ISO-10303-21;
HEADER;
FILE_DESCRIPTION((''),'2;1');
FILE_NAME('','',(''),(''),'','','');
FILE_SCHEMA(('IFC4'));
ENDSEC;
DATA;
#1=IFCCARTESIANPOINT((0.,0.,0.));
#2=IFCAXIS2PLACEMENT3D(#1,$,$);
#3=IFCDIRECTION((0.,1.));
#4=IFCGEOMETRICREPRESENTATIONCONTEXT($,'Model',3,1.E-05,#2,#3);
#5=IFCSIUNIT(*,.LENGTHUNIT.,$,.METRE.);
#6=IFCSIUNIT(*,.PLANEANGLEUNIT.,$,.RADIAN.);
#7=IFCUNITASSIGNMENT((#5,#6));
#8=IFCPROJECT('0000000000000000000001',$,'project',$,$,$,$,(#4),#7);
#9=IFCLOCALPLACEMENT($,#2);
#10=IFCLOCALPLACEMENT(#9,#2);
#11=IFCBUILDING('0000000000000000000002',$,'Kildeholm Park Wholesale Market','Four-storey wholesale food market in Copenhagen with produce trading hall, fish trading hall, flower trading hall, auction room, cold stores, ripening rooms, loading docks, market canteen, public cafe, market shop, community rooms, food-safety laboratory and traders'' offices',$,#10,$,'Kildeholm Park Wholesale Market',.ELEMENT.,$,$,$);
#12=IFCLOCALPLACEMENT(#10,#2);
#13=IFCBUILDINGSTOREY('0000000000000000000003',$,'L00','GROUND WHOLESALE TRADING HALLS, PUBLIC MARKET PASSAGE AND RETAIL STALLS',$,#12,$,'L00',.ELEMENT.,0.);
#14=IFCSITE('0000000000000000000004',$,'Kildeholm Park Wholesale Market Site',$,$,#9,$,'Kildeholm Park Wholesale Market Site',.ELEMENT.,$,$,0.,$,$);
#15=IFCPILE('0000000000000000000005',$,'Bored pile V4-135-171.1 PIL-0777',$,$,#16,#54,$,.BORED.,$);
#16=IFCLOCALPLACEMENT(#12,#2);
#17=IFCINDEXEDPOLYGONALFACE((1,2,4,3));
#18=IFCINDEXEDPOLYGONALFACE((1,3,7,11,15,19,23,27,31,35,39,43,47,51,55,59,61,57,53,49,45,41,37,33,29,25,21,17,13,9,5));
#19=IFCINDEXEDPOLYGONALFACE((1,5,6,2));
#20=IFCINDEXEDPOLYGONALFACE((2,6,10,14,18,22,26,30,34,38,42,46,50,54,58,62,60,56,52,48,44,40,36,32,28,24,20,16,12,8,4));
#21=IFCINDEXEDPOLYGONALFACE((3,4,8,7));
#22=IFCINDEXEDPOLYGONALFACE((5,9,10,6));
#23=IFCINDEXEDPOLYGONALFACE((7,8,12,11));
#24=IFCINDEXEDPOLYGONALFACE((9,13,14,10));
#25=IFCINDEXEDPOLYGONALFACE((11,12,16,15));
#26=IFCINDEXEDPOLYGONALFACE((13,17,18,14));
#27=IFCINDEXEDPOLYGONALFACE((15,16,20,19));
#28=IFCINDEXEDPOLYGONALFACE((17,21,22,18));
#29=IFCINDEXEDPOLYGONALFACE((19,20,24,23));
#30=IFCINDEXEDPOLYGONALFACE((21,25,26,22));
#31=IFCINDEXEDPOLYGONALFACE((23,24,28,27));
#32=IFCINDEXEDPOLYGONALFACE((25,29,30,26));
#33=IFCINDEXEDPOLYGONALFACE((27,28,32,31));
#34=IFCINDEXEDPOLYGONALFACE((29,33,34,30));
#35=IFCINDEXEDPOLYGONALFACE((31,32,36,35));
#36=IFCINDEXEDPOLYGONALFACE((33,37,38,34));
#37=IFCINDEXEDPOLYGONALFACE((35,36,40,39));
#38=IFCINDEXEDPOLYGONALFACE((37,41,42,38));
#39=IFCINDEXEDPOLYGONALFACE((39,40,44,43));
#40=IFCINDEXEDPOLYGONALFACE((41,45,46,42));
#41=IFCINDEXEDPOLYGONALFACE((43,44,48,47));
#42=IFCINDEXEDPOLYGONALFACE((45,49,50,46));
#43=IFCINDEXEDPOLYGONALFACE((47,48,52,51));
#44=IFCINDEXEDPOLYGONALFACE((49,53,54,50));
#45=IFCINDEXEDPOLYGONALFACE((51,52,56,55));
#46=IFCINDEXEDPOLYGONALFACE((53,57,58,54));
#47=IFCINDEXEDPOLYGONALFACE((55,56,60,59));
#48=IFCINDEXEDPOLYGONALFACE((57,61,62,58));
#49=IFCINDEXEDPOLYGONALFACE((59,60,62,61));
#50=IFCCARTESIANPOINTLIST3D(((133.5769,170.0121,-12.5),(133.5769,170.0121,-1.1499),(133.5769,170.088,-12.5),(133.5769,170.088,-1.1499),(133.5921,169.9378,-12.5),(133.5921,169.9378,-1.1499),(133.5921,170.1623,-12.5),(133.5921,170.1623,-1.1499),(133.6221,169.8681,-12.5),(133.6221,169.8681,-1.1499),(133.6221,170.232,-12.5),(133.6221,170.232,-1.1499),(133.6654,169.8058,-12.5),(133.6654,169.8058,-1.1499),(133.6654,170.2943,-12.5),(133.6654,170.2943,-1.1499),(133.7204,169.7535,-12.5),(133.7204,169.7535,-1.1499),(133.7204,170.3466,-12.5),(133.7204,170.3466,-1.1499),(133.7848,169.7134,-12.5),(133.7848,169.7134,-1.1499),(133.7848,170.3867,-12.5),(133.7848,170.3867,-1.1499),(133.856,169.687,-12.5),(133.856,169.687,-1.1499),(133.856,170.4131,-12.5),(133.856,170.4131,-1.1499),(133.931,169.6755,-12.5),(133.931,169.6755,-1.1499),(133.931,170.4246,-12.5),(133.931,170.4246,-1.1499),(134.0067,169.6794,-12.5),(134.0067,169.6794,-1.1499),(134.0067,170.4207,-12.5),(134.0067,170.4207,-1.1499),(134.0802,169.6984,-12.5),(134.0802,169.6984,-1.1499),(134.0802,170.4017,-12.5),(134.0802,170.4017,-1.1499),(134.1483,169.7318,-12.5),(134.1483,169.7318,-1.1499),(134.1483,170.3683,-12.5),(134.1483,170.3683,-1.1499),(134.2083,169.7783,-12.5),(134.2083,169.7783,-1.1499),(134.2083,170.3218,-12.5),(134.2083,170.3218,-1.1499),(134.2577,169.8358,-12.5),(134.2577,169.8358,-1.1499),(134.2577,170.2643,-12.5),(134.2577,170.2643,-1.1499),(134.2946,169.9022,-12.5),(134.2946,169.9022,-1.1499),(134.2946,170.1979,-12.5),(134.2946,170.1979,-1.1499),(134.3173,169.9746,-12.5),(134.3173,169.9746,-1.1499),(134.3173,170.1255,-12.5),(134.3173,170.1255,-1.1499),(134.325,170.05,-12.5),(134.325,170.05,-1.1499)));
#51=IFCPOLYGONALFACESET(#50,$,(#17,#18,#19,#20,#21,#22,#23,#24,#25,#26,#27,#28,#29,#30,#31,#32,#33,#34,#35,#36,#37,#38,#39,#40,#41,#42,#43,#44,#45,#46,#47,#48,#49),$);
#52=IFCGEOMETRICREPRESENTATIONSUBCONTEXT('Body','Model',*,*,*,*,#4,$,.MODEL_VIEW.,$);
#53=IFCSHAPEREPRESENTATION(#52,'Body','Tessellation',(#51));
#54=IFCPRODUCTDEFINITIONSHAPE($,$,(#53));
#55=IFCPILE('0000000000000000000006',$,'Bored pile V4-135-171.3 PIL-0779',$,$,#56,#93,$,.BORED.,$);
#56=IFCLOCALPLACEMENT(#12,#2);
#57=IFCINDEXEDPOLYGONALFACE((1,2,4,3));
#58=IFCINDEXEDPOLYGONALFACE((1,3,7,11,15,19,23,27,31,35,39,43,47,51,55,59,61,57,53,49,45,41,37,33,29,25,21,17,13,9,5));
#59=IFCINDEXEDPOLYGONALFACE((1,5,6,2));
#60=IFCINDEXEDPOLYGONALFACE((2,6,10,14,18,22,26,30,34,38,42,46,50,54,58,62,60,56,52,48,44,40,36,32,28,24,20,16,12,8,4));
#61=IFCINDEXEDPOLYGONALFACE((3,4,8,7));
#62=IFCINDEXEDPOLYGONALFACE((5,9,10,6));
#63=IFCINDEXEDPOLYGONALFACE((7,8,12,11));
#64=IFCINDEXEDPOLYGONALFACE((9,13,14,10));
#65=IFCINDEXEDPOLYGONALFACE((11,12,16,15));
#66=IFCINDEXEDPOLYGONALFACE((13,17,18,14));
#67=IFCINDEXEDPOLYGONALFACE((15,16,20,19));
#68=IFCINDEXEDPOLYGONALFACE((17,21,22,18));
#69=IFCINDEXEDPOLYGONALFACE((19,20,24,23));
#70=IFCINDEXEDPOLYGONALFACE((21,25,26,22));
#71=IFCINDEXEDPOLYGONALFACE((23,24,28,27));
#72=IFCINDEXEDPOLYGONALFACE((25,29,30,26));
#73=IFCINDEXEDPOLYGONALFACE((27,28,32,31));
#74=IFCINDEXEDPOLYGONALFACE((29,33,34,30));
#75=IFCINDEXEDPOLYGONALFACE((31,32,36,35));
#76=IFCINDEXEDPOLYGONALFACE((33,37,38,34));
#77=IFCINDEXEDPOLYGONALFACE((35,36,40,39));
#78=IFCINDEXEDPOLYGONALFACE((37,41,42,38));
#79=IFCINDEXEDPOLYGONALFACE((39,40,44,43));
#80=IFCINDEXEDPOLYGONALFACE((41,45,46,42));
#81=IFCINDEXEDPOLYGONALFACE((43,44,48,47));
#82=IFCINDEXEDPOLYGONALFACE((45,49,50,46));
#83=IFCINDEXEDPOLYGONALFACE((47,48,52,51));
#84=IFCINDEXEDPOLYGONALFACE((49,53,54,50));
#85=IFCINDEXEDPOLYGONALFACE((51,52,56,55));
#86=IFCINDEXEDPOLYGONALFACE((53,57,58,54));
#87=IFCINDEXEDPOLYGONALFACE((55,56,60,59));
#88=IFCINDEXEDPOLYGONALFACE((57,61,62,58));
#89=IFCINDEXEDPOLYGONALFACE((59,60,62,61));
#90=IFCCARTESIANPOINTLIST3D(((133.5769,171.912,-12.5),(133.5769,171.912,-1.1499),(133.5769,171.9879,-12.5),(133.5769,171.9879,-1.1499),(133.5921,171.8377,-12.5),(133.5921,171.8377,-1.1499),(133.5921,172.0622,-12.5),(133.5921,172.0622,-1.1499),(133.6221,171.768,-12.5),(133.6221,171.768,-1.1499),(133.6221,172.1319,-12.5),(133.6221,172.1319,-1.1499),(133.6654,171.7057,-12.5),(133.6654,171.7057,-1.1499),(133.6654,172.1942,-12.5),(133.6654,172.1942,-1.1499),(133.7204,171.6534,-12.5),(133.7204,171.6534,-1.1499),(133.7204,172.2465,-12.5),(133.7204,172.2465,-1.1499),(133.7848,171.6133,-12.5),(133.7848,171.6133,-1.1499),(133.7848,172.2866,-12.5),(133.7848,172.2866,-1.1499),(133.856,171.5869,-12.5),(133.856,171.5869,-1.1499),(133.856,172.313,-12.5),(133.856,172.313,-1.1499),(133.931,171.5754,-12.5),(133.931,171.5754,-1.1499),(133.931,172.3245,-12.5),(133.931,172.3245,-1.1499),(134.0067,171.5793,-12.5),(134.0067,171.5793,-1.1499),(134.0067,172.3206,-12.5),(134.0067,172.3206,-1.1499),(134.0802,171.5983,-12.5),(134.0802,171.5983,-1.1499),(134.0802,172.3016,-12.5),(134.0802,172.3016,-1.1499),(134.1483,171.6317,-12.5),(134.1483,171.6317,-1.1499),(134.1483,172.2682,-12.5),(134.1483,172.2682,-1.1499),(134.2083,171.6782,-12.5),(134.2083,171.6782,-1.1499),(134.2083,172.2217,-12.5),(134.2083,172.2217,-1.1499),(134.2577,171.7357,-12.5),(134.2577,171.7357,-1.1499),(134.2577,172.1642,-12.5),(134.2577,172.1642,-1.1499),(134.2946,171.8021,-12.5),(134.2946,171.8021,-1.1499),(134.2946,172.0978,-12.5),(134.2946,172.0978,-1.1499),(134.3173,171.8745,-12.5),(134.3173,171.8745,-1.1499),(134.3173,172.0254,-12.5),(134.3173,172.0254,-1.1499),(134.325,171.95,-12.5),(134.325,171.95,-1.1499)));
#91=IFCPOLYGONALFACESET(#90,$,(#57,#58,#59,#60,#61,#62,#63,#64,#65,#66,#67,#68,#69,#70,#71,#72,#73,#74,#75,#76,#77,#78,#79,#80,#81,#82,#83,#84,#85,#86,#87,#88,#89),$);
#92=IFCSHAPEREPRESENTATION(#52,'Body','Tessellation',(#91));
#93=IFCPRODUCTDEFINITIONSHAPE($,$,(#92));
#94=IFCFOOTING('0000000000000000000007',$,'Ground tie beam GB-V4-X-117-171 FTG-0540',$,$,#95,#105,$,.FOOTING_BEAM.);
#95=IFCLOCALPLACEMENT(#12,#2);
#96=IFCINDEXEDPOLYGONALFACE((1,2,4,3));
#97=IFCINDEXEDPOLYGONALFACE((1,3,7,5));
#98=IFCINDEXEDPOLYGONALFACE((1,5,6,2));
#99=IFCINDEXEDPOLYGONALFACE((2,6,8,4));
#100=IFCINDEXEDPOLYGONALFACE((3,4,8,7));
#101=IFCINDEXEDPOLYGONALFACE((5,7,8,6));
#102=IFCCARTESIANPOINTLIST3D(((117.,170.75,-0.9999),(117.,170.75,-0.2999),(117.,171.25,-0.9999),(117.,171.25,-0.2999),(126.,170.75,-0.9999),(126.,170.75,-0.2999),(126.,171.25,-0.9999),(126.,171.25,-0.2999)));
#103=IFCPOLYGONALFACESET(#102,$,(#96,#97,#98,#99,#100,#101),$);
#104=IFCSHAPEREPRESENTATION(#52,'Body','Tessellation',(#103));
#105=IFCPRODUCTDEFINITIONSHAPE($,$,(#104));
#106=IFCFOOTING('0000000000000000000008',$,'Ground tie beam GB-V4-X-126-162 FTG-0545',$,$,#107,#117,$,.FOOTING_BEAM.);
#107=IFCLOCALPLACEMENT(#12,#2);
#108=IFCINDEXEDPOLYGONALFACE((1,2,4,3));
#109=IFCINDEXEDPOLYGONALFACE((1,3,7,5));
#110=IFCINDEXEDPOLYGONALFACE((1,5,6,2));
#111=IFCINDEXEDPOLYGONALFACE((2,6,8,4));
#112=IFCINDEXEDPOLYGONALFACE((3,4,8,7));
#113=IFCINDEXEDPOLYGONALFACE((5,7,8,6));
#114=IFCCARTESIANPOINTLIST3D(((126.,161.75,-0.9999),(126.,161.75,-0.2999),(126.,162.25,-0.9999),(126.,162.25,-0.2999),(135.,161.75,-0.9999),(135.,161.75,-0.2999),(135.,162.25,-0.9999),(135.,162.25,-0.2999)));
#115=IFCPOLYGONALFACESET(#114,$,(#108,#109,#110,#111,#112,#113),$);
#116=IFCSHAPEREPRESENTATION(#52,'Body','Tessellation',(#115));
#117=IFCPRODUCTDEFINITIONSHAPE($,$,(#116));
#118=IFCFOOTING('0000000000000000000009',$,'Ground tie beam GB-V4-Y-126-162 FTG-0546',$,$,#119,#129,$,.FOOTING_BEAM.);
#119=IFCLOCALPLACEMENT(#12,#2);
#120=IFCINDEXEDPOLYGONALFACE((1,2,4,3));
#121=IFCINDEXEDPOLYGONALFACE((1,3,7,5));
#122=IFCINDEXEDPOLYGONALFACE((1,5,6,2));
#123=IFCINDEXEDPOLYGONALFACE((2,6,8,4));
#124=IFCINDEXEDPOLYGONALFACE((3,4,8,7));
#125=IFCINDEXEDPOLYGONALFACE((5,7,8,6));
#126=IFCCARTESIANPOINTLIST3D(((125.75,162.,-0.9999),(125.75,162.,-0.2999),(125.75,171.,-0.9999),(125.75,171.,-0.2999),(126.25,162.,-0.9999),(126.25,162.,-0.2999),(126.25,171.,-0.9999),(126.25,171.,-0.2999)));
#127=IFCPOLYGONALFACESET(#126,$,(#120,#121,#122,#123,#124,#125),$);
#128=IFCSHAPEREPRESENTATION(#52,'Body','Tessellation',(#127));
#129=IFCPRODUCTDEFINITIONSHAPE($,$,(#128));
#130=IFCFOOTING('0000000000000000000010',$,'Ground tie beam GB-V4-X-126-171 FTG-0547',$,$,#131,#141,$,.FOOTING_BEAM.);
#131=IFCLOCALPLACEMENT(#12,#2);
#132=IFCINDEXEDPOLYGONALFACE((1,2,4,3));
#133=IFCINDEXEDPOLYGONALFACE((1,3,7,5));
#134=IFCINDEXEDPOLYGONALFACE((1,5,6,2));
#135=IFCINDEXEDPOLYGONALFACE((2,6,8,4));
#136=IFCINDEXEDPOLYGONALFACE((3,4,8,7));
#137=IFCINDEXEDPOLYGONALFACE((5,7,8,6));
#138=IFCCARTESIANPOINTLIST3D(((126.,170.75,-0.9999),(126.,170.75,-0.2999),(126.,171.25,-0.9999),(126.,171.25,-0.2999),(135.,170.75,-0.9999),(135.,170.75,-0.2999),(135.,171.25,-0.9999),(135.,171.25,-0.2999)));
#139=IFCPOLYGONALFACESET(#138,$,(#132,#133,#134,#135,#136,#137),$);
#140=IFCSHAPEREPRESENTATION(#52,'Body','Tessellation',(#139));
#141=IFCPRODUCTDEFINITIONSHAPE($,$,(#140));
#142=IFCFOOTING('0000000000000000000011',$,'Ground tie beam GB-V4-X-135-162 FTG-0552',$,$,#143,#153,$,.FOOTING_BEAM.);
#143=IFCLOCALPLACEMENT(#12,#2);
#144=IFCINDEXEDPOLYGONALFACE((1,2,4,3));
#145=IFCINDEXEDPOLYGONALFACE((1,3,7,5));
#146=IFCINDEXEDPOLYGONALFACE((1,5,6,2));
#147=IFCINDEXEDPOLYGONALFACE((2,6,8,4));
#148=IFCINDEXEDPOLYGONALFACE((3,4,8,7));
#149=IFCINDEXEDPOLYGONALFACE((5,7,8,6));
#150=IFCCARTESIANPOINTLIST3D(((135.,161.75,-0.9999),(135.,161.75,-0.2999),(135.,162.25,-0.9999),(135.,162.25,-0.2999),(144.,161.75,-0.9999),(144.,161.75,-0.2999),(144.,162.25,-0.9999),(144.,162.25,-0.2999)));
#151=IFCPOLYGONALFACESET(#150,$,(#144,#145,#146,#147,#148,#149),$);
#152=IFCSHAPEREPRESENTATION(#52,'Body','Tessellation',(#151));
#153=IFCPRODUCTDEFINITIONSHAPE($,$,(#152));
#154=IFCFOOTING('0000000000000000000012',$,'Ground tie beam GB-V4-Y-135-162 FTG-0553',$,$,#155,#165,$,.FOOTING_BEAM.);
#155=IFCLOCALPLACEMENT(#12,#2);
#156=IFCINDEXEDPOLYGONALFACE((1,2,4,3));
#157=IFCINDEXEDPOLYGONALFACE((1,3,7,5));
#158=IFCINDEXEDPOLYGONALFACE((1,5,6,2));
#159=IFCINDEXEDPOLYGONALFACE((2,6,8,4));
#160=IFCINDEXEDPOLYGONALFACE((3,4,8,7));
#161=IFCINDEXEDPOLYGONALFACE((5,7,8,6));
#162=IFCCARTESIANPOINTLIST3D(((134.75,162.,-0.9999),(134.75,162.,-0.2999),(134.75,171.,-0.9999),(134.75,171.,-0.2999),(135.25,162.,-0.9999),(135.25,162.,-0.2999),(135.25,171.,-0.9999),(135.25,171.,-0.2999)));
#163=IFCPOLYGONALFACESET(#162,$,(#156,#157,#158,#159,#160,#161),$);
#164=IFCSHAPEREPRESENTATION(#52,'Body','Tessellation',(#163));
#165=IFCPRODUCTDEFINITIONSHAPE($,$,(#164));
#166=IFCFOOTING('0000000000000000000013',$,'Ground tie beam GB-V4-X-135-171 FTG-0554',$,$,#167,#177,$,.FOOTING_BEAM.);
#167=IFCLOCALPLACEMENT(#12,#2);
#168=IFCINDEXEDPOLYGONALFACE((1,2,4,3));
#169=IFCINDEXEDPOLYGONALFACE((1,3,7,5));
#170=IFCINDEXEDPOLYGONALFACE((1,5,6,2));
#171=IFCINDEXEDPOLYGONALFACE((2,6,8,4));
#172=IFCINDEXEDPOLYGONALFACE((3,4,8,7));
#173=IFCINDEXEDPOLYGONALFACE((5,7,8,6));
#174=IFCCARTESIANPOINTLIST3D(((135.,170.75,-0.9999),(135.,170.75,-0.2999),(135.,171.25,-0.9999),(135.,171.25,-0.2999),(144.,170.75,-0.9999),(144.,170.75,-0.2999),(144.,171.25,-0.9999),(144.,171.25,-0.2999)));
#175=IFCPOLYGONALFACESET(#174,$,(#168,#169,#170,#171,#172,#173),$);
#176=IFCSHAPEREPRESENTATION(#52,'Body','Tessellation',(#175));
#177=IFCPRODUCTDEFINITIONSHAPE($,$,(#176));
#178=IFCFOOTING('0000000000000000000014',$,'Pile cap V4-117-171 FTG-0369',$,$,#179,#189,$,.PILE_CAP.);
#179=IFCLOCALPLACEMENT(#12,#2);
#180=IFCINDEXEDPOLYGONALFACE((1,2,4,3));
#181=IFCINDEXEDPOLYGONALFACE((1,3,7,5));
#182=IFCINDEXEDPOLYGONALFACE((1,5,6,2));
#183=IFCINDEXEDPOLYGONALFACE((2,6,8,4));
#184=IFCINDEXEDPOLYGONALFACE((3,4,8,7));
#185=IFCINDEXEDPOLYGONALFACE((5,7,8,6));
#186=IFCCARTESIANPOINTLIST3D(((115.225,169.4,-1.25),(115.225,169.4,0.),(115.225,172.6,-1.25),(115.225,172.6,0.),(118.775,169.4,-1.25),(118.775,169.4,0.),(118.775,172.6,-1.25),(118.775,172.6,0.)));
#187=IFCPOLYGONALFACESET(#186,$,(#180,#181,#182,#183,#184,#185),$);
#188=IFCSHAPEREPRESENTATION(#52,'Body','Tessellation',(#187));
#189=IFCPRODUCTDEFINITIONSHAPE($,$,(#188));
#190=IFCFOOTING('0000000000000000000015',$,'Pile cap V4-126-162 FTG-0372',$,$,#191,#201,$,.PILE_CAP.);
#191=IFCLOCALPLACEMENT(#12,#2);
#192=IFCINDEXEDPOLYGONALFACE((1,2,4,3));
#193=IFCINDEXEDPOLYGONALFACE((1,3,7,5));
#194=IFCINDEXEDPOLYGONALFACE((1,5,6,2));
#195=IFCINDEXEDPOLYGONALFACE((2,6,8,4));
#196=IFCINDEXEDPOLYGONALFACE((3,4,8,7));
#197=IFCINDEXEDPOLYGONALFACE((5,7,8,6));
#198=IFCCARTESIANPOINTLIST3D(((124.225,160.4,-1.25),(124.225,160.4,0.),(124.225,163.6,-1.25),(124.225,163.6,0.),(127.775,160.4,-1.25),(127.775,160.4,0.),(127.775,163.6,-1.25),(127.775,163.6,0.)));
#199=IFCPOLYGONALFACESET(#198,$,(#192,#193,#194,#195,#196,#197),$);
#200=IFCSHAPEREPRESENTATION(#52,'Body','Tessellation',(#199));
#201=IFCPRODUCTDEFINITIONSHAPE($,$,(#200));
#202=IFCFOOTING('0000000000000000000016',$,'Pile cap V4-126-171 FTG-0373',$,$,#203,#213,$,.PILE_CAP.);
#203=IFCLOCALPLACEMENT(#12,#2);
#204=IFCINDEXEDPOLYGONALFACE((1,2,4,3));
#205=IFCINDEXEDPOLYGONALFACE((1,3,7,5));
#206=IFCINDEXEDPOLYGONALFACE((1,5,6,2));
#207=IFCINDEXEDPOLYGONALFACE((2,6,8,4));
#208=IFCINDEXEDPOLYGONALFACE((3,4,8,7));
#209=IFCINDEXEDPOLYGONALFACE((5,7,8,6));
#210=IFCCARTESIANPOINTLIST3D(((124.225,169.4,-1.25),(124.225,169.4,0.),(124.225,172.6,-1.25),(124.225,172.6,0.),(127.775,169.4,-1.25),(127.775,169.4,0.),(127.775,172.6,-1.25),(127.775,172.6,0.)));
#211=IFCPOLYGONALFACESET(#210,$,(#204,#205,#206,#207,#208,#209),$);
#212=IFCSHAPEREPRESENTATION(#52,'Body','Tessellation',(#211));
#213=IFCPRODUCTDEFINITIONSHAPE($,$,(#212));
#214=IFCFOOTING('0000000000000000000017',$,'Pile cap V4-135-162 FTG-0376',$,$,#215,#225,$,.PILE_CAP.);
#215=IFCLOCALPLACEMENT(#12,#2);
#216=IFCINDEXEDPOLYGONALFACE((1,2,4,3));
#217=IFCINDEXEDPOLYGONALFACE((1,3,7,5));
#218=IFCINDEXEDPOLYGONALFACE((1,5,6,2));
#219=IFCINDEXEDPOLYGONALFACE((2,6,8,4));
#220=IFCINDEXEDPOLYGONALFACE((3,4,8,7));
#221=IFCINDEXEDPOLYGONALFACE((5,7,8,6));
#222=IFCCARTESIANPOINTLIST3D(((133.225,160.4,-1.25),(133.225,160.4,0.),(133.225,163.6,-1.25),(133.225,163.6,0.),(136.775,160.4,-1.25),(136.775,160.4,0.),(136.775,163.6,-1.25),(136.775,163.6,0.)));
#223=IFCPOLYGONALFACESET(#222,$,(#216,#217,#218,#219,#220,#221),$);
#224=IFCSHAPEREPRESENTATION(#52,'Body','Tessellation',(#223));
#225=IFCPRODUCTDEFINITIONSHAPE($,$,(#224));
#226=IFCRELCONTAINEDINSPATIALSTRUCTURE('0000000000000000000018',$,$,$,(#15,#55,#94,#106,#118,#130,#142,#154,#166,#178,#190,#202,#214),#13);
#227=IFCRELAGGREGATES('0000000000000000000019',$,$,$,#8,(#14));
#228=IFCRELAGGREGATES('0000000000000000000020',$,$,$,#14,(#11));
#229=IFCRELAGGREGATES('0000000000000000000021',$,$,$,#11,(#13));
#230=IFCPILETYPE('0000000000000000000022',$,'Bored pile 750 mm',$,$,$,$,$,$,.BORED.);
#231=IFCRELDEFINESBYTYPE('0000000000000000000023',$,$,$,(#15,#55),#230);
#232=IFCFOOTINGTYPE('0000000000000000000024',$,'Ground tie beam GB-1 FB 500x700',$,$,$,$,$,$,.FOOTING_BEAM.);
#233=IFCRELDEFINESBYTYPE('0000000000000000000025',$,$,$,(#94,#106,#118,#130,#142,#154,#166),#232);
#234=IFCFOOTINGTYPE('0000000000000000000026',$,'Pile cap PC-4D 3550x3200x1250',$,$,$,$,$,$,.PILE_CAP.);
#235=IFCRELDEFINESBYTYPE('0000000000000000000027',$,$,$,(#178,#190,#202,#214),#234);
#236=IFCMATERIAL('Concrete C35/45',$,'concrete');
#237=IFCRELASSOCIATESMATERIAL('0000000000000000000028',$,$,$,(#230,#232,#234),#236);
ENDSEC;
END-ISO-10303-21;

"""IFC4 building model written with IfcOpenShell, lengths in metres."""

from ifc_helpers import new_model, si_unit, direction, frame, origin, origin_2d, place, context, subcontext, project, spatial, rectangle, circle, extrude, material, material_profile, profile_set, type_object, element, save


model = new_model("IFC4")

# Units and contexts
model_context = context("Model", 3, precision=1e-05, world=origin(), true_north=direction((0.0, 1.0)))
body_context = subcontext(model_context, "Body", "Model", "MODEL_VIEW")
ifc_project = project(units=[si_unit("LENGTHUNIT", "METRE"), si_unit("PLANEANGLEUNIT", "RADIAN")], contexts=[model_context])

# Site, building, storey
site_placement = place(None, origin())
site = spatial("IfcSite", under=ifc_project, at=site_placement, Name="Kildeholm Park Wholesale Market Site", LongName="Kildeholm Park Wholesale Market Site", CompositionType="ELEMENT", RefElevation=0.0)
building_placement = place(site_placement, origin())
building = spatial("IfcBuilding", under=site, at=building_placement, Name="Kildeholm Park Wholesale Market", Description="Four-storey wholesale food market in Copenhagen with produce trading hall, fish trading hall, flower trading hall, auction room, cold stores, ripening rooms, loading docks, market canteen, public cafe, market shop, community rooms, food-safety laboratory and traders' offices", LongName="Kildeholm Park Wholesale Market", CompositionType="ELEMENT")
storey_placement = place(building_placement, origin())
storey = spatial("IfcBuildingStorey", under=building, at=storey_placement, Name="L00", Description="GROUND WHOLESALE TRADING HALLS, PUBLIC MARKET PASSAGE AND RETAIL STALLS", LongName="L00", CompositionType="ELEMENT", Elevation=0.0)

# Piles
ifc_material_1 = material(Name="Concrete C35/45", Category="concrete")
ifc_material_profile_1 = material_profile(ifc_material_1, circle(Radius=0.375, at=origin_2d()), Name="PILE D750")
ifc_profile_set_1 = profile_set([ifc_material_profile_1], Name="Concrete C35/45")
pile_type = type_object("IfcPileType", Name="Bored pile 750 mm", PredefinedType="BORED", material=ifc_profile_set_1)
for number, where, z_axis, x_axis, name in (
    (1, (133.95, 170.05, -1.1499), (0.0, 0.0, -1.0), (1.0, 0.0, 0.0), "Bored pile V4-135-171.1 PIL-0777"),
    (2, (133.95, 171.95, -1.1499), (0.0, 0.0, -1.0), (1.0, 0.0, 0.0), "Bored pile V4-135-171.3 PIL-0779"),
):
    element("IfcPile", number, at=place(storey_placement, frame(where, z_axis=z_axis, x_axis=x_axis)), inside=storey, type_object=pile_type, Name=name, PredefinedType="BORED", context=body_context, shape_type="SweptSolid", body=[
        extrude(circle(Radius=0.375, at=origin_2d()), origin(), (0.0, 0.0, 1.0), 11.3501),
    ])

# Footings
ifc_material_profile_2 = material_profile(ifc_material_1, rectangle(XDim=0.5, YDim=0.7, at=origin_2d()), Name="FB 500x700")
ifc_profile_set_2 = profile_set([ifc_material_profile_2], Name="Concrete C35/45")
footing_type_1 = type_object("IfcFootingType", Name="Ground tie beam GB-1 FB 500x700", PredefinedType="FOOTING_BEAM", material=ifc_profile_set_2)
for number, where, z_axis, x_axis, name in (
    (3, (117.0, 171.0, -0.6499), (1.0, 0.0, 0.0), (0.0, 1.0, 0.0), "Ground tie beam GB-V4-X-117-171 FTG-0540"),
    (4, (126.0, 162.0, -0.6499), (1.0, 0.0, 0.0), (0.0, 1.0, 0.0), "Ground tie beam GB-V4-X-126-162 FTG-0545"),
    (5, (126.0, 162.0, -0.6499), (0.0, 1.0, 0.0), (-1.0, 0.0, 0.0), "Ground tie beam GB-V4-Y-126-162 FTG-0546"),
    (6, (126.0, 171.0, -0.6499), (1.0, 0.0, 0.0), (0.0, 1.0, 0.0), "Ground tie beam GB-V4-X-126-171 FTG-0547"),
    (7, (135.0, 162.0, -0.6499), (1.0, 0.0, 0.0), (0.0, 1.0, 0.0), "Ground tie beam GB-V4-X-135-162 FTG-0552"),
    (8, (135.0, 162.0, -0.6499), (0.0, 1.0, 0.0), (-1.0, 0.0, 0.0), "Ground tie beam GB-V4-Y-135-162 FTG-0553"),
    (9, (135.0, 171.0, -0.6499), (1.0, 0.0, 0.0), (0.0, 1.0, 0.0), "Ground tie beam GB-V4-X-135-171 FTG-0554"),
):
    element("IfcFooting", number, at=place(storey_placement, frame(where, z_axis=z_axis, x_axis=x_axis)), inside=storey, type_object=footing_type_1, Name=name, PredefinedType="FOOTING_BEAM", context=body_context, shape_type="SweptSolid", body=[
        extrude(rectangle(XDim=0.5, YDim=0.7, at=origin_2d()), origin(), (0.0, 0.0, 1.0), 9.0),
    ])
footing_type_2 = type_object("IfcFootingType", Name="Pile cap PC-4D 3550x3200x1250", PredefinedType="PILE_CAP", material=ifc_material_1)
for number, where, z_axis, x_axis, name in (
    (10, (117.0, 171.0, -1.25), (0.0, 0.0, 1.0), (1.0, 0.0, 0.0), "Pile cap V4-117-171 FTG-0369"),
    (11, (126.0, 162.0, -1.25), (0.0, 0.0, 1.0), (1.0, 0.0, 0.0), "Pile cap V4-126-162 FTG-0372"),
    (12, (126.0, 171.0, -1.25), (0.0, 0.0, 1.0), (1.0, 0.0, 0.0), "Pile cap V4-126-171 FTG-0373"),
    (13, (135.0, 162.0, -1.25), (0.0, 0.0, 1.0), (1.0, 0.0, 0.0), "Pile cap V4-135-162 FTG-0376"),
):
    element("IfcFooting", number, at=place(storey_placement, frame(where, z_axis=z_axis, x_axis=x_axis)), inside=storey, type_object=footing_type_2, Name=name, PredefinedType="PILE_CAP", context=body_context, shape_type="SweptSolid", body=[
        extrude(rectangle(XDim=3.55, YDim=3.2, at=origin_2d()), origin(), (0.0, 0.0, 1.0), 1.25),
    ])

save(model, "model.ifc")
